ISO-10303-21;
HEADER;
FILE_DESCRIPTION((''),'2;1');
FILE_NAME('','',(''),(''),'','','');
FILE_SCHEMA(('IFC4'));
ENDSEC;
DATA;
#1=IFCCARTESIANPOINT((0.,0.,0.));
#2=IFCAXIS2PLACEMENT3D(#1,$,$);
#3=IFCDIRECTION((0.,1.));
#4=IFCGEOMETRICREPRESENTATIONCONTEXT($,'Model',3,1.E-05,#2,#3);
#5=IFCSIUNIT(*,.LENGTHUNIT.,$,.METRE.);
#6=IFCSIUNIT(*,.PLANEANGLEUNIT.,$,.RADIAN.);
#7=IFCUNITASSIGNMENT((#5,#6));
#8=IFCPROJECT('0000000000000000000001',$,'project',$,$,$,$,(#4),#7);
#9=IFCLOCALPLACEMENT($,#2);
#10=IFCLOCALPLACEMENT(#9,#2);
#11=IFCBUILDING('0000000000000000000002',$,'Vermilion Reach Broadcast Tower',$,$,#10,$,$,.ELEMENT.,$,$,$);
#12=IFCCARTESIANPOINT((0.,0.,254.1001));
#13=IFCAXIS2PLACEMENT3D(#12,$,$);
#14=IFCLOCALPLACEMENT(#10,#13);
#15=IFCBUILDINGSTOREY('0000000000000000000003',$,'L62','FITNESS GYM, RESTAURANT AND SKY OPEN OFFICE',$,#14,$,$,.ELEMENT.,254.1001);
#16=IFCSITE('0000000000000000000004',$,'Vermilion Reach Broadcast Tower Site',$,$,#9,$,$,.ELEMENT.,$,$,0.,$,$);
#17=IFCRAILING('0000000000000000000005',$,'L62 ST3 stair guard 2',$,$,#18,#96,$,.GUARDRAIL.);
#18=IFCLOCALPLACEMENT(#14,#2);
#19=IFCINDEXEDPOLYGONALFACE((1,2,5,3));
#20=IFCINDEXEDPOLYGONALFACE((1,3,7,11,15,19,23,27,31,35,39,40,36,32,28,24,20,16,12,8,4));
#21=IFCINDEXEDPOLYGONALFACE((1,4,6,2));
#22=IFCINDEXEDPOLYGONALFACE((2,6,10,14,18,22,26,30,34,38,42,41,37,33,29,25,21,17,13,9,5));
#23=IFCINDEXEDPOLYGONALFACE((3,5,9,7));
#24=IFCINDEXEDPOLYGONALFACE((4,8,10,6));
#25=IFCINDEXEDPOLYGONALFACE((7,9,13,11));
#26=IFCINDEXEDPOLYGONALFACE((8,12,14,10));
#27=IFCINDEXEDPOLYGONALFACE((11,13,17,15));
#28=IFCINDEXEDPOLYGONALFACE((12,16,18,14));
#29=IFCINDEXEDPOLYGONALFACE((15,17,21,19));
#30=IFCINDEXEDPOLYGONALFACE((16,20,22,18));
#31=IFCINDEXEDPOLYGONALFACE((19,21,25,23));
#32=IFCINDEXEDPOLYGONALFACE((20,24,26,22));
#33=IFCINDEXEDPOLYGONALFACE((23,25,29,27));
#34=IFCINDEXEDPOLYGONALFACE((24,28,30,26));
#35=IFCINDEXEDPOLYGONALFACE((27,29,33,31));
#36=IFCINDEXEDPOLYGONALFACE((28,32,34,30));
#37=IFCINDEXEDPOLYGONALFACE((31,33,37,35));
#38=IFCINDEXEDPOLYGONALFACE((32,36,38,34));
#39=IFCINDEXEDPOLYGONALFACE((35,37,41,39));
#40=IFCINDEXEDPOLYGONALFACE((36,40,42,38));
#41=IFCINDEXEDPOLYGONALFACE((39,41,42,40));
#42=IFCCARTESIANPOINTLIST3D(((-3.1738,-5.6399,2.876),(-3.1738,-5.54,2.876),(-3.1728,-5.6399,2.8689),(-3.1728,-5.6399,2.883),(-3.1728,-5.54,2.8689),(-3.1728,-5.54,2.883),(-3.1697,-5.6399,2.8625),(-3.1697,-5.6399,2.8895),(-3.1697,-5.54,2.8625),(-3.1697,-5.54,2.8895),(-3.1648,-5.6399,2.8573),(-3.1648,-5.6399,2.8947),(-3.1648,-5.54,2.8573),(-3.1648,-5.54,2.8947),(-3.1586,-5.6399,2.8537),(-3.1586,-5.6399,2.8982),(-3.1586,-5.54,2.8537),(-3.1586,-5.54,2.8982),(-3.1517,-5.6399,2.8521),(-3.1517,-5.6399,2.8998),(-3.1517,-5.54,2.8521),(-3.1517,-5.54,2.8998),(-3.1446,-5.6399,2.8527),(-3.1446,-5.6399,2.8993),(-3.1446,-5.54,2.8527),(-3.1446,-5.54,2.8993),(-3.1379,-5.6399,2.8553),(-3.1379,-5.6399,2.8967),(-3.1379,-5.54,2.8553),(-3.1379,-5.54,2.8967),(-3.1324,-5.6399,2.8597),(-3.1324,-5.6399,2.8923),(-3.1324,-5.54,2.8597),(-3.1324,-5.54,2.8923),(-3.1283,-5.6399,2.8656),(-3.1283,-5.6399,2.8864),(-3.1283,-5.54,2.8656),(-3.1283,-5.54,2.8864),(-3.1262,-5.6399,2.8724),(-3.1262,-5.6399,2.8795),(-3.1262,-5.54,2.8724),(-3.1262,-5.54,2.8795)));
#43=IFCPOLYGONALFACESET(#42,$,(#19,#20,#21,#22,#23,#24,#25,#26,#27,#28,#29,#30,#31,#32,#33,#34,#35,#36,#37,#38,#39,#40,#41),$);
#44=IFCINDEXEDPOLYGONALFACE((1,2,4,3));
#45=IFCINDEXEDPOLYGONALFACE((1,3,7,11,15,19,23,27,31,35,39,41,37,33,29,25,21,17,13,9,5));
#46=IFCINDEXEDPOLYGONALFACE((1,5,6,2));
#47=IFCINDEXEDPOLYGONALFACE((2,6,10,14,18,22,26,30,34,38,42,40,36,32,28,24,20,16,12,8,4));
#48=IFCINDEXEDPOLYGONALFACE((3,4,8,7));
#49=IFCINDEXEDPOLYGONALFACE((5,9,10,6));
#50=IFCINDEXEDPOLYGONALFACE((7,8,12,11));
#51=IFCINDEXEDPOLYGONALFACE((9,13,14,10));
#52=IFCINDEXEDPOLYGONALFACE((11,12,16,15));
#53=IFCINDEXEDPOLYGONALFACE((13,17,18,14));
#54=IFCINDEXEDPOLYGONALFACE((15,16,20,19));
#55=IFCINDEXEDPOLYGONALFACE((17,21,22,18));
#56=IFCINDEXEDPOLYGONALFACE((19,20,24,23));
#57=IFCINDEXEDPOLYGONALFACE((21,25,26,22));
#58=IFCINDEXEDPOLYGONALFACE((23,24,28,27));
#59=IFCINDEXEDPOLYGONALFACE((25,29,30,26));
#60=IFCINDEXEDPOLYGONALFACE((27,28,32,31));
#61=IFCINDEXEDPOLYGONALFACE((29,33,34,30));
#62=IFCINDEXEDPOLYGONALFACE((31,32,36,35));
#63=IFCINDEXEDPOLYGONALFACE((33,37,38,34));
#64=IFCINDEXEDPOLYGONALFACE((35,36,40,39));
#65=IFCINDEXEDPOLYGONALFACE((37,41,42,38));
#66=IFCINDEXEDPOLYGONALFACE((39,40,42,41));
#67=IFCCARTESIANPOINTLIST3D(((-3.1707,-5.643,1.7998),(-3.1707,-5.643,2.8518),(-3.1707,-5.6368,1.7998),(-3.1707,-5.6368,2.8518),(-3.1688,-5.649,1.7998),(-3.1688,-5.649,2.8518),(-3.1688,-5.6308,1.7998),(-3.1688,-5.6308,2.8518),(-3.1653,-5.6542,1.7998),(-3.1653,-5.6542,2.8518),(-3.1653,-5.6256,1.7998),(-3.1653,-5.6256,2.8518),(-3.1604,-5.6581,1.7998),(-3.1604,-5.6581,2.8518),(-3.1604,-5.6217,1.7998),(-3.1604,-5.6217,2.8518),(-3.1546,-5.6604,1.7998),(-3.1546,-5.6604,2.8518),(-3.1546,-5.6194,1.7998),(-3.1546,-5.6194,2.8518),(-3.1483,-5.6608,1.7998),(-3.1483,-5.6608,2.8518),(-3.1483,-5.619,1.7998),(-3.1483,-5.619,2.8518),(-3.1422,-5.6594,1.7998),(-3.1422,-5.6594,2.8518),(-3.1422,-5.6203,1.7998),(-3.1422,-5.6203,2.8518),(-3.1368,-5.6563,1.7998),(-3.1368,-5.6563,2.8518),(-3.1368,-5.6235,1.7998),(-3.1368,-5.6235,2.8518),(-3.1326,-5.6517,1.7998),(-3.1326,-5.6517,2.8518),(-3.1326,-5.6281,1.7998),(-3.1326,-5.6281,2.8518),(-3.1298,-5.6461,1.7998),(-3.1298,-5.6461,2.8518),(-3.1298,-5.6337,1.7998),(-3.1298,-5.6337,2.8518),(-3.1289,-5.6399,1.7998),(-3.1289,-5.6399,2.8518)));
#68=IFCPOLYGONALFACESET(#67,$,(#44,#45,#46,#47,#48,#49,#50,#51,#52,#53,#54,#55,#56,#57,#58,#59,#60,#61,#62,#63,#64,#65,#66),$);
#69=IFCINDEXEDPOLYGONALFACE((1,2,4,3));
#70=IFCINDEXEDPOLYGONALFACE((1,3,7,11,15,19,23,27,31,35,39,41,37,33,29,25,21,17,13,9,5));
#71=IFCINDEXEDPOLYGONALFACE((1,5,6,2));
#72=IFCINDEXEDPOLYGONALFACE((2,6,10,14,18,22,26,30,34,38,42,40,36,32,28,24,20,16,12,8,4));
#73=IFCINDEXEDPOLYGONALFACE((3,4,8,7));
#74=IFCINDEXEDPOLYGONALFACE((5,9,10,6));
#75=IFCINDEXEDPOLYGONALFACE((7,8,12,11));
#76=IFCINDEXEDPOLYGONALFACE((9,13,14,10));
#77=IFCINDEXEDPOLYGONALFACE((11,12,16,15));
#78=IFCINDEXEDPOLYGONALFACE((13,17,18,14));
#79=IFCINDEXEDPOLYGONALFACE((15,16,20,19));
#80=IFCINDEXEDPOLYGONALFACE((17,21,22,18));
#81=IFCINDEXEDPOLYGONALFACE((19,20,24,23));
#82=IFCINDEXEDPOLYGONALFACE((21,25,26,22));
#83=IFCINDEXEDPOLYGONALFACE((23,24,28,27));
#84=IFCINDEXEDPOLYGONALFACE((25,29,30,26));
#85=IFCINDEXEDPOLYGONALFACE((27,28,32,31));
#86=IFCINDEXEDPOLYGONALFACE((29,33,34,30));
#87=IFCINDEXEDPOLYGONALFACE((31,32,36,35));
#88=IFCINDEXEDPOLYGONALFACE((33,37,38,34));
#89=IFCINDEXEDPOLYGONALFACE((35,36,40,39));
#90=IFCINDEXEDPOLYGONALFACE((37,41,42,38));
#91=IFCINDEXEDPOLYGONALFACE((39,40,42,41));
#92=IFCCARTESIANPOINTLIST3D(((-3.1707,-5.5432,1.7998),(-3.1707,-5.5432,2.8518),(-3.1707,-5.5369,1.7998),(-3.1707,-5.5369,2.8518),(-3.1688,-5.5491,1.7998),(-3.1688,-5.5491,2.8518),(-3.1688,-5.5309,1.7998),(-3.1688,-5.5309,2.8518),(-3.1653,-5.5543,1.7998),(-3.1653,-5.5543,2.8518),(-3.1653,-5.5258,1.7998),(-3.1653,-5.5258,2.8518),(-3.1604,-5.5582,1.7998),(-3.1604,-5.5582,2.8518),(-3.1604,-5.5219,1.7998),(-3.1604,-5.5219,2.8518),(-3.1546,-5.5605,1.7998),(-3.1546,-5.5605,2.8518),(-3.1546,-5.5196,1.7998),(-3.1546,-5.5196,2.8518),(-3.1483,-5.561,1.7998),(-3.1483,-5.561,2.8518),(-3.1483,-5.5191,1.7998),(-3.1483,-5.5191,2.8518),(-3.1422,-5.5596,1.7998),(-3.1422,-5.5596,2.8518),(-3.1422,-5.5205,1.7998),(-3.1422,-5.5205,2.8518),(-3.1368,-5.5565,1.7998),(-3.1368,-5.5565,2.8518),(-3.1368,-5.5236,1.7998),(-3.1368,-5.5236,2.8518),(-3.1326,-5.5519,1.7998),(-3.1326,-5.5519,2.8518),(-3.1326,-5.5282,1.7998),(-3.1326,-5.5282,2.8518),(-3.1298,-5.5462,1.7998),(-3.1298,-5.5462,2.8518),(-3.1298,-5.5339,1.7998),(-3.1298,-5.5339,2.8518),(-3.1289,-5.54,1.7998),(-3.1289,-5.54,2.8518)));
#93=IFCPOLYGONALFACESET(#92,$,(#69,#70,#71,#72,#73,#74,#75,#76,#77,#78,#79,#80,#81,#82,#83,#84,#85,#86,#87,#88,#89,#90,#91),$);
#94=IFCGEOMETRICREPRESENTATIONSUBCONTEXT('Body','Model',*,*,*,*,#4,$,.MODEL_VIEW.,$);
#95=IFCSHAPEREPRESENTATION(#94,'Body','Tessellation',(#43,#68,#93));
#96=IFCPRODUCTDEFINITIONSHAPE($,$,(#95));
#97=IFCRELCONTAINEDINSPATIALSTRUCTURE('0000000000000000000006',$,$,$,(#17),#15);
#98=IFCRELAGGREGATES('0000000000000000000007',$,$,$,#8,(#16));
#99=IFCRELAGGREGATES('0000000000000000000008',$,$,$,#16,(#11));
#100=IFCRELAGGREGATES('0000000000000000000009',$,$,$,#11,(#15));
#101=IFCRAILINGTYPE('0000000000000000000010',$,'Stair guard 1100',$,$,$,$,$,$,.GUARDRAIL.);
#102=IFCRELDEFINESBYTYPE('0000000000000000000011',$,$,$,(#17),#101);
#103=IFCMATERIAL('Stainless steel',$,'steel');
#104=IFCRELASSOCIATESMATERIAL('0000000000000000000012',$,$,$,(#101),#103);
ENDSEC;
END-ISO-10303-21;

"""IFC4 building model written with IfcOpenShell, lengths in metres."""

from ifc_helpers import new_model, si_unit, direction, frame, origin, origin_2d, place, context, subcontext, project, spatial, circle, extrude, material, type_object, element, save


model = new_model("IFC4")

# Units and contexts
model_context = context("Model", 3, precision=1e-05, world=origin(), true_north=direction((0.0, 1.0)))
body_context = subcontext(model_context, "Body", "Model", "MODEL_VIEW")
ifc_project = project(units=[si_unit("LENGTHUNIT", "METRE"), si_unit("PLANEANGLEUNIT", "RADIAN")], contexts=[model_context])

# Site, building, storey
site_placement = place(None, origin())
site = spatial("IfcSite", under=ifc_project, at=site_placement, Name="Vermilion Reach Broadcast Tower Site", CompositionType="ELEMENT", RefElevation=0.0)
building_placement = place(site_placement, origin())
building = spatial("IfcBuilding", under=site, at=building_placement, Name="Vermilion Reach Broadcast Tower", CompositionType="ELEMENT")
storey_placement = place(building_placement, frame((0.0, 0.0, 254.1001)))
storey = spatial("IfcBuildingStorey", under=building, at=storey_placement, Name="L62", Description="FITNESS GYM, RESTAURANT AND SKY OPEN OFFICE", CompositionType="ELEMENT", Elevation=254.1001)

# Railing
ifc_material_1 = material(Name="Stainless steel", Category="steel")
railing_type_1 = type_object("IfcRailingType", Name="Stair guard 1100", PredefinedType="GUARDRAIL", material=ifc_material_1)
railing_1_placement = place(storey_placement, frame((-3.1499, -5.6399, 1.7998)))
element("IfcRailing", 1, at=railing_1_placement, inside=storey, type_object=railing_type_1, Name="L62 ST3 stair guard 2", PredefinedType="GUARDRAIL", context=body_context, shape_type="SweptSolid", body=[
    extrude(circle(Radius=0.0239, at=origin_2d()), frame((0.0, 0.0, 1.0762), z_axis=(0.0, 1.0, 0.0), x_axis=(-1.0, 0.0, 0.0)), (0.0, 0.0, 1.0), 0.0999),
    extrude(circle(Radius=0.021, at=origin_2d()), origin(), (0.0, 0.0, 1.0), 1.052),
    extrude(circle(Radius=0.021, at=origin_2d()), frame((0.0, 0.0999, 0.0)), (0.0, 0.0, 1.0), 1.052),
])

save(model, "model.ifc")
